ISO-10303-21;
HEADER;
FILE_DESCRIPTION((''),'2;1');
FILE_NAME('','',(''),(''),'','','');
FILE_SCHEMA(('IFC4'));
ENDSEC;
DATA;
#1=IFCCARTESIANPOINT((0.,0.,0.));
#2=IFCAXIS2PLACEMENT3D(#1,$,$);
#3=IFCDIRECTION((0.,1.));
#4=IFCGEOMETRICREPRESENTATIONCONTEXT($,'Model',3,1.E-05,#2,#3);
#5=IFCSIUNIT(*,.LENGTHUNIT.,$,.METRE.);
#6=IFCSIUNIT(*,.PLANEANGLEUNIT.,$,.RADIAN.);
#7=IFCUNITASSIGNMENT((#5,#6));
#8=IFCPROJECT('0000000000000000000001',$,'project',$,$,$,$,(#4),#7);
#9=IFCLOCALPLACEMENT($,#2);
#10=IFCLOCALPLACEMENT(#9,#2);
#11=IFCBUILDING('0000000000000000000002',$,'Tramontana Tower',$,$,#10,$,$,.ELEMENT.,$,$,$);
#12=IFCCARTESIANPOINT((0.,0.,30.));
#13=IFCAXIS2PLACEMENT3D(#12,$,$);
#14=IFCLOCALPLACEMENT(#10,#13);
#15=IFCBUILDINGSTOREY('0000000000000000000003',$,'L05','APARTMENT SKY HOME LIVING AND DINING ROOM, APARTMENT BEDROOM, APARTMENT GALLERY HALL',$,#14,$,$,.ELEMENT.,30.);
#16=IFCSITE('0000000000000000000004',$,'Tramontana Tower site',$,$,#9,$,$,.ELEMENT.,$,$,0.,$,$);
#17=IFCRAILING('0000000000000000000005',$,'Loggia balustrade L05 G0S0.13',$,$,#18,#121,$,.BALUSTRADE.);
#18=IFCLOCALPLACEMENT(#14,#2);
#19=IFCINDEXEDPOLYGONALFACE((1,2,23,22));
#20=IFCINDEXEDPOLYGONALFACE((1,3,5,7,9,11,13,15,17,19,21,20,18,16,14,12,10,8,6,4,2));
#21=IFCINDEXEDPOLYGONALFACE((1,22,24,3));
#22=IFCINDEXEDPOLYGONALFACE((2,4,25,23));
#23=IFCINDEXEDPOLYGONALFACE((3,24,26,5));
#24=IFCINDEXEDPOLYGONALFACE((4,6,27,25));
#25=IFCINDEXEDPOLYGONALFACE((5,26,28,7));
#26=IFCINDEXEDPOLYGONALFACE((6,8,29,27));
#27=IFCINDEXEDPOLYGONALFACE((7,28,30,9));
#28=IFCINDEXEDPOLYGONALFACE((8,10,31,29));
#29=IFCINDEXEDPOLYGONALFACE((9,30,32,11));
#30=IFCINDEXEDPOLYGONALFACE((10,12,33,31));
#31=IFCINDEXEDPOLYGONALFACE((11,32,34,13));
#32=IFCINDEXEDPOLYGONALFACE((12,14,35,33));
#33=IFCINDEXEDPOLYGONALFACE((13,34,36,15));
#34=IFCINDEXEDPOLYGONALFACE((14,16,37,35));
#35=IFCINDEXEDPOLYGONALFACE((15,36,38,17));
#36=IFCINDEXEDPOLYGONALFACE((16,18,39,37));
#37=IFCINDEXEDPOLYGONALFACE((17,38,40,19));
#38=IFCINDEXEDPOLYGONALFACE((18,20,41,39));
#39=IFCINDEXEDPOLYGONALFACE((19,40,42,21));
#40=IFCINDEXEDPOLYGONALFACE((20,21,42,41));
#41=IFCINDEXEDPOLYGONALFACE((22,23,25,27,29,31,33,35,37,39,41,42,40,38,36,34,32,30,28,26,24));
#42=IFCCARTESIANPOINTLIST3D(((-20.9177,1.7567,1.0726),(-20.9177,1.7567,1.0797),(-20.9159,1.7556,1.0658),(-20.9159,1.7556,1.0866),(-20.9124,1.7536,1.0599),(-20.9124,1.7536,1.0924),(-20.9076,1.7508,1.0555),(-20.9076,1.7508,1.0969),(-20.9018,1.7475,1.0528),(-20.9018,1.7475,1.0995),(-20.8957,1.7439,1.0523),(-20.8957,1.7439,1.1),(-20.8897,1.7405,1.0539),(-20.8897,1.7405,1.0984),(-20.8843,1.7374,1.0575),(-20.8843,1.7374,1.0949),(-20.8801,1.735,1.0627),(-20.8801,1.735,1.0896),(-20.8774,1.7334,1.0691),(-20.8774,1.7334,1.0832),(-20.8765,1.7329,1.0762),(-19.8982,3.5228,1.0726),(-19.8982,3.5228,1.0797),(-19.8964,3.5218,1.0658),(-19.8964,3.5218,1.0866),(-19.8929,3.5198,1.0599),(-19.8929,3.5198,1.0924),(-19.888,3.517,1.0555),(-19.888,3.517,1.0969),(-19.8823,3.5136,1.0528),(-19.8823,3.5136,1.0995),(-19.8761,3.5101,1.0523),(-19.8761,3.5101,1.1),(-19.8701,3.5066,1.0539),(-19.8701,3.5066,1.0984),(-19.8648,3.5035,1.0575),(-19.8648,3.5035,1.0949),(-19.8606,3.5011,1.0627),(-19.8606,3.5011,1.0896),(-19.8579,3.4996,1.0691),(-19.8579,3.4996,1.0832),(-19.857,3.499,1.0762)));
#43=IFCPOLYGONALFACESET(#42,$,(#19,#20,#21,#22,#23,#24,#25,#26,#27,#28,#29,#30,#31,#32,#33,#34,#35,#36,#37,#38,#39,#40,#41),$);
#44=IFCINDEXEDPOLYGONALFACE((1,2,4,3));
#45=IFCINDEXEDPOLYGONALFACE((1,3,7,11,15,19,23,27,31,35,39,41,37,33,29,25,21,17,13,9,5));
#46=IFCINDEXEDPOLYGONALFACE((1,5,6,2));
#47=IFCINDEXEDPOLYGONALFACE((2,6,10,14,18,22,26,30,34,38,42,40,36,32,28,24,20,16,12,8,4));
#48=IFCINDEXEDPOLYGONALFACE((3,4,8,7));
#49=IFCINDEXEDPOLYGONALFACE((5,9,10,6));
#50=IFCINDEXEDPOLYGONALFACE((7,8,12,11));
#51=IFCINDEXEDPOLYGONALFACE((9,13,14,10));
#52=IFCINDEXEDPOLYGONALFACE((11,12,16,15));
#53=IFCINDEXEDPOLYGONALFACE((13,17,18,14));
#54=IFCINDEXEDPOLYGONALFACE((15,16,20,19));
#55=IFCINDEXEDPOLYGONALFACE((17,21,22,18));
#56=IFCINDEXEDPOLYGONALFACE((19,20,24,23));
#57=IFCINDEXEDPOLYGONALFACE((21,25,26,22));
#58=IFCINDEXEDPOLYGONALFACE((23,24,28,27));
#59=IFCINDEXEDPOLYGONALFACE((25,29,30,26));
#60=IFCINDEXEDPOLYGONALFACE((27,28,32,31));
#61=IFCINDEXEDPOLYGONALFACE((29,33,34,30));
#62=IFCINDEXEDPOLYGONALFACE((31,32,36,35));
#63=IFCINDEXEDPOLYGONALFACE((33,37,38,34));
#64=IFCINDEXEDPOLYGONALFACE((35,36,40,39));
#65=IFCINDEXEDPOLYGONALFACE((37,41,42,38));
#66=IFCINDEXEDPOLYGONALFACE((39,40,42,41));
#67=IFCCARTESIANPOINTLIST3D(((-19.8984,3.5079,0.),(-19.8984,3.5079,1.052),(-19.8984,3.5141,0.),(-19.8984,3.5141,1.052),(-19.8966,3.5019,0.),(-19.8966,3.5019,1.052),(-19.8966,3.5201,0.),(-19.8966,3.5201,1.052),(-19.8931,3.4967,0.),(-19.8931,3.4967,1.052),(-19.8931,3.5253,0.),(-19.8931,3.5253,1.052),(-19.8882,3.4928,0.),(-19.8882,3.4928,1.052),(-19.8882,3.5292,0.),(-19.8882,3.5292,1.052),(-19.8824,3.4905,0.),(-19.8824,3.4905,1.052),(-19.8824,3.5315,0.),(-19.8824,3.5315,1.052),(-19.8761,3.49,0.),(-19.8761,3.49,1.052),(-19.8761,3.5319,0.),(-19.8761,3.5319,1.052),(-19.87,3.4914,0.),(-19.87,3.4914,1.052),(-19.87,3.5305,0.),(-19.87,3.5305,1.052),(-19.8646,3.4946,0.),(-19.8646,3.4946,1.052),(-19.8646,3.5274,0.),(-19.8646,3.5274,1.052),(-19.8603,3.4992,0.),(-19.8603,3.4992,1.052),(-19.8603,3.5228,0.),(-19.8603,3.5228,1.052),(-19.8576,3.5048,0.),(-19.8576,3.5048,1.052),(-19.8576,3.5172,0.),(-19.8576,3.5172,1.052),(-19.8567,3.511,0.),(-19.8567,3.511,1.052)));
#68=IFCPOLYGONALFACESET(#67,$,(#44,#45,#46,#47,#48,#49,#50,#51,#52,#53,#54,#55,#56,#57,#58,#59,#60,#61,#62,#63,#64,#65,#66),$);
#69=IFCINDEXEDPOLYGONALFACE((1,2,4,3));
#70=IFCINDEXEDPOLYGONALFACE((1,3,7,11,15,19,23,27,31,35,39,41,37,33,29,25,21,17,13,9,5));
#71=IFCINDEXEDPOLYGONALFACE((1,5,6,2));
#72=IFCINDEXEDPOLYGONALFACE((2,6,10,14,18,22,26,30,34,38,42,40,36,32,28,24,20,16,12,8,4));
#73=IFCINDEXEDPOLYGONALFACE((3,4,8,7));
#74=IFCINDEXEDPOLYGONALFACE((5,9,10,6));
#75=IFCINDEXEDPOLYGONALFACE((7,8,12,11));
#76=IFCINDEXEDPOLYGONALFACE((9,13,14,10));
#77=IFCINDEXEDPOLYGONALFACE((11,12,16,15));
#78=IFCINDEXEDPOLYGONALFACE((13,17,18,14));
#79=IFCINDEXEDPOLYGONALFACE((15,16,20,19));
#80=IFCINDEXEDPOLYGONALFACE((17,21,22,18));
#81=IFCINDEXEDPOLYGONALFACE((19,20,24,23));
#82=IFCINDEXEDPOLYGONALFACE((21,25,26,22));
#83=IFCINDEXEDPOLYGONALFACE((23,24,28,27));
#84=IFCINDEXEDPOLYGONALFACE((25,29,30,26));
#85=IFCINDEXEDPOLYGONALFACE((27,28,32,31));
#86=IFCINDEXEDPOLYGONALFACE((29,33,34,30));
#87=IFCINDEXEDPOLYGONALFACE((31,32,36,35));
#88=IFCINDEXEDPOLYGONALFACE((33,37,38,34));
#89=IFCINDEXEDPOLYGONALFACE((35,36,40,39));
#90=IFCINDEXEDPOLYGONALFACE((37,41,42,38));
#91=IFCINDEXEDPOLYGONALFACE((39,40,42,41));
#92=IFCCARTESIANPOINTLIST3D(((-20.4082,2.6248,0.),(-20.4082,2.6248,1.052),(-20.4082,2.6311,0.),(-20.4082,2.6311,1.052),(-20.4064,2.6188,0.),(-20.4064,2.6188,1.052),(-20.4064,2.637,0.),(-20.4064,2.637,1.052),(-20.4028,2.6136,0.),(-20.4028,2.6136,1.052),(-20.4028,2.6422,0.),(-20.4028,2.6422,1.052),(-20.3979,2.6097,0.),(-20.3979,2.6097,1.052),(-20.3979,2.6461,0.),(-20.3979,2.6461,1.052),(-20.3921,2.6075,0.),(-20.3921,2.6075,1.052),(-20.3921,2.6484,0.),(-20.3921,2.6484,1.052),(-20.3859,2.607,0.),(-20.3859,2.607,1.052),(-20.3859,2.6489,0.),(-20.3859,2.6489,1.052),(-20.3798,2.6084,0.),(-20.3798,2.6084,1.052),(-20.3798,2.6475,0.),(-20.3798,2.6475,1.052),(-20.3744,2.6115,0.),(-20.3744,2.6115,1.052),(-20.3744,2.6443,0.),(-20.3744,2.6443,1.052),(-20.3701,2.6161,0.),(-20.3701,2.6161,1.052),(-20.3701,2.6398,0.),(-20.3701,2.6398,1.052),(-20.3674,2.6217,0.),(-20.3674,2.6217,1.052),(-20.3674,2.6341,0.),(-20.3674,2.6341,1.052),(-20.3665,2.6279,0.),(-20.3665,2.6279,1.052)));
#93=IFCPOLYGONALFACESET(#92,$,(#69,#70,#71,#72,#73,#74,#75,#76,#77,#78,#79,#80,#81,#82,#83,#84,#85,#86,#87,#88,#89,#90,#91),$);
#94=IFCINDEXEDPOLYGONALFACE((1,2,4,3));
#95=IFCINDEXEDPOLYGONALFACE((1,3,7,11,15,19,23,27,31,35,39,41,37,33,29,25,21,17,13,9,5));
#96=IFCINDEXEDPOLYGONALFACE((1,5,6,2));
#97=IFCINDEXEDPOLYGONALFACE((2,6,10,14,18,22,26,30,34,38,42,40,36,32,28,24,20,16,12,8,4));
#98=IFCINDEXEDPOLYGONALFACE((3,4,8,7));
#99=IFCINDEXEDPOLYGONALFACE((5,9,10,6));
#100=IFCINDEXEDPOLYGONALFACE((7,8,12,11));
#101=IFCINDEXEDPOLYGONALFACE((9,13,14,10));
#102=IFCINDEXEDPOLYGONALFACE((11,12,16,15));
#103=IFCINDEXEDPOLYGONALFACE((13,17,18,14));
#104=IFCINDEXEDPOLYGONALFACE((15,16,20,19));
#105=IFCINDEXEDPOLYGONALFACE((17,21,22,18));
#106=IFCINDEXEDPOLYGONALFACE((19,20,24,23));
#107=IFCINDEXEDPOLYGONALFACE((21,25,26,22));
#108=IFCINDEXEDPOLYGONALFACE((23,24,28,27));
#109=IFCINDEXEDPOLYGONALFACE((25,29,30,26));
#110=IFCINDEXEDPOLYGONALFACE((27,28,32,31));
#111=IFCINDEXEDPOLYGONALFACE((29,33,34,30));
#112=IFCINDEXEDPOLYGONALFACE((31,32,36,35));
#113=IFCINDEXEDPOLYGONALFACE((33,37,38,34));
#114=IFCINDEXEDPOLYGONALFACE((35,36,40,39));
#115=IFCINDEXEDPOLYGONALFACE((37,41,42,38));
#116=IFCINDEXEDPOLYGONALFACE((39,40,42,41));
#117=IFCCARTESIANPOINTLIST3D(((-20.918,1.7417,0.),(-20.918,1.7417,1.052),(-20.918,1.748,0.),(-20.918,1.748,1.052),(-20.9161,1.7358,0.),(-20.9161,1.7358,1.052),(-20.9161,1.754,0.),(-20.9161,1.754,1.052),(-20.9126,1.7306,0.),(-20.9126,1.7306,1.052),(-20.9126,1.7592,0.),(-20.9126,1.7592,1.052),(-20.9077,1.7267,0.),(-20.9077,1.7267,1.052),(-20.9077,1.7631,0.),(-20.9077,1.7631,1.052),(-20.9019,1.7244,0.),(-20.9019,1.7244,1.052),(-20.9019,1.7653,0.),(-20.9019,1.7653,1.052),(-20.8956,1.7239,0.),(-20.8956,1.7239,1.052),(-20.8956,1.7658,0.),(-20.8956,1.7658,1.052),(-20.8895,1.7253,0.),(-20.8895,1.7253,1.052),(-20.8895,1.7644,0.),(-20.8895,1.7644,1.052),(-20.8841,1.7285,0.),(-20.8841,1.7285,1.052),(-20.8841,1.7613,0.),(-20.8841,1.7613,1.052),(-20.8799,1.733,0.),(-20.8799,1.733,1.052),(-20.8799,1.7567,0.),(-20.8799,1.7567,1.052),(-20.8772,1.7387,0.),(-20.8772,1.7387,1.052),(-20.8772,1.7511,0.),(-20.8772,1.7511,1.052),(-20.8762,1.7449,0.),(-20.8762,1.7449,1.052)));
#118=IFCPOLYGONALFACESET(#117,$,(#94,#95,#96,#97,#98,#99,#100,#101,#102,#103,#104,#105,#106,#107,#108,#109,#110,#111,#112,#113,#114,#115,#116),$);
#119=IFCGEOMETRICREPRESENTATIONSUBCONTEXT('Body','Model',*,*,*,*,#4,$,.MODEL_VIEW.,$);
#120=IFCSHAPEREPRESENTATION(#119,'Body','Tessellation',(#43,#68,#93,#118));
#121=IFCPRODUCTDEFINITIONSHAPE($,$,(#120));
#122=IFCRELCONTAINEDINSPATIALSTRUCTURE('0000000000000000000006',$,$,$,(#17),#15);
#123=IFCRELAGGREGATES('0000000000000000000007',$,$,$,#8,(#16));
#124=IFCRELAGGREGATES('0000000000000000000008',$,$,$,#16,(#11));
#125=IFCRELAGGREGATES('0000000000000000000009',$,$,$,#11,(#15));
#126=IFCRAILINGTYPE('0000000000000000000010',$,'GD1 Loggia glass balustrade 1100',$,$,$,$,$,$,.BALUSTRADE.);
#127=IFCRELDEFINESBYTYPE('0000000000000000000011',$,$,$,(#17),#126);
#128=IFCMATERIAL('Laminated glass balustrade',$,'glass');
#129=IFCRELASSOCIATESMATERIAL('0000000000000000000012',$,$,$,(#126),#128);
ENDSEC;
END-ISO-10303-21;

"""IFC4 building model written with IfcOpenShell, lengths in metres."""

from ifc_helpers import new_model, si_unit, direction, frame, origin, origin_2d, place, context, subcontext, project, spatial, circle, extrude, material, type_object, element, save


model = new_model("IFC4")

# Units and contexts
model_context = context("Model", 3, precision=1e-05, world=origin(), true_north=direction((0.0, 1.0)))
body_context = subcontext(model_context, "Body", "Model", "MODEL_VIEW")
ifc_project = project(units=[si_unit("LENGTHUNIT", "METRE"), si_unit("PLANEANGLEUNIT", "RADIAN")], contexts=[model_context])

# Site, building, storey
site_placement = place(None, origin())
site = spatial("IfcSite", under=ifc_project, at=site_placement, Name="Tramontana Tower site", CompositionType="ELEMENT", RefElevation=0.0)
building_placement = place(site_placement, origin())
building = spatial("IfcBuilding", under=site, at=building_placement, Name="Tramontana Tower", CompositionType="ELEMENT")
storey_placement = place(building_placement, frame((0.0, 0.0, 30.0)))
storey = spatial("IfcBuildingStorey", under=building, at=storey_placement, Name="L05", Description="APARTMENT SKY HOME LIVING AND DINING ROOM, APARTMENT BEDROOM, APARTMENT GALLERY HALL", CompositionType="ELEMENT", Elevation=30.0)

# Railing
ifc_material_1 = material(Name="Laminated glass balustrade", Category="glass")
railing_type = type_object("IfcRailingType", Name="GD1 Loggia glass balustrade 1100", PredefinedType="BALUSTRADE", material=ifc_material_1)
railing_placement = place(storey_placement, frame((-19.8777, 3.511, 0.0)))
element("IfcRailing", 1, at=railing_placement, inside=storey, type_object=railing_type, Name="Loggia balustrade L05 G0S0.13", PredefinedType="BALUSTRADE", context=body_context, shape_type="SweptSolid", body=[
    extrude(circle(Radius=0.0239, at=origin_2d()), frame((0.0, 0.0, 1.0762), z_axis=(-0.49995, -0.866054, 0.0), x_axis=(0.866054, -0.49995, 0.0)), (0.0, 0.0, 1.0), 2.0393),
    extrude(circle(Radius=0.021, at=origin_2d()), origin(), (0.0, 0.0, 1.0), 1.052),
    extrude(circle(Radius=0.021, at=origin_2d()), frame((-0.5098, -0.8831, 0.0)), (0.0, 0.0, 1.0), 1.052),
    extrude(circle(Radius=0.021, at=origin_2d()), frame((-1.0195, -1.7661, 0.0)), (0.0, 0.0, 1.0), 1.052),
])

save(model, "model.ifc")
